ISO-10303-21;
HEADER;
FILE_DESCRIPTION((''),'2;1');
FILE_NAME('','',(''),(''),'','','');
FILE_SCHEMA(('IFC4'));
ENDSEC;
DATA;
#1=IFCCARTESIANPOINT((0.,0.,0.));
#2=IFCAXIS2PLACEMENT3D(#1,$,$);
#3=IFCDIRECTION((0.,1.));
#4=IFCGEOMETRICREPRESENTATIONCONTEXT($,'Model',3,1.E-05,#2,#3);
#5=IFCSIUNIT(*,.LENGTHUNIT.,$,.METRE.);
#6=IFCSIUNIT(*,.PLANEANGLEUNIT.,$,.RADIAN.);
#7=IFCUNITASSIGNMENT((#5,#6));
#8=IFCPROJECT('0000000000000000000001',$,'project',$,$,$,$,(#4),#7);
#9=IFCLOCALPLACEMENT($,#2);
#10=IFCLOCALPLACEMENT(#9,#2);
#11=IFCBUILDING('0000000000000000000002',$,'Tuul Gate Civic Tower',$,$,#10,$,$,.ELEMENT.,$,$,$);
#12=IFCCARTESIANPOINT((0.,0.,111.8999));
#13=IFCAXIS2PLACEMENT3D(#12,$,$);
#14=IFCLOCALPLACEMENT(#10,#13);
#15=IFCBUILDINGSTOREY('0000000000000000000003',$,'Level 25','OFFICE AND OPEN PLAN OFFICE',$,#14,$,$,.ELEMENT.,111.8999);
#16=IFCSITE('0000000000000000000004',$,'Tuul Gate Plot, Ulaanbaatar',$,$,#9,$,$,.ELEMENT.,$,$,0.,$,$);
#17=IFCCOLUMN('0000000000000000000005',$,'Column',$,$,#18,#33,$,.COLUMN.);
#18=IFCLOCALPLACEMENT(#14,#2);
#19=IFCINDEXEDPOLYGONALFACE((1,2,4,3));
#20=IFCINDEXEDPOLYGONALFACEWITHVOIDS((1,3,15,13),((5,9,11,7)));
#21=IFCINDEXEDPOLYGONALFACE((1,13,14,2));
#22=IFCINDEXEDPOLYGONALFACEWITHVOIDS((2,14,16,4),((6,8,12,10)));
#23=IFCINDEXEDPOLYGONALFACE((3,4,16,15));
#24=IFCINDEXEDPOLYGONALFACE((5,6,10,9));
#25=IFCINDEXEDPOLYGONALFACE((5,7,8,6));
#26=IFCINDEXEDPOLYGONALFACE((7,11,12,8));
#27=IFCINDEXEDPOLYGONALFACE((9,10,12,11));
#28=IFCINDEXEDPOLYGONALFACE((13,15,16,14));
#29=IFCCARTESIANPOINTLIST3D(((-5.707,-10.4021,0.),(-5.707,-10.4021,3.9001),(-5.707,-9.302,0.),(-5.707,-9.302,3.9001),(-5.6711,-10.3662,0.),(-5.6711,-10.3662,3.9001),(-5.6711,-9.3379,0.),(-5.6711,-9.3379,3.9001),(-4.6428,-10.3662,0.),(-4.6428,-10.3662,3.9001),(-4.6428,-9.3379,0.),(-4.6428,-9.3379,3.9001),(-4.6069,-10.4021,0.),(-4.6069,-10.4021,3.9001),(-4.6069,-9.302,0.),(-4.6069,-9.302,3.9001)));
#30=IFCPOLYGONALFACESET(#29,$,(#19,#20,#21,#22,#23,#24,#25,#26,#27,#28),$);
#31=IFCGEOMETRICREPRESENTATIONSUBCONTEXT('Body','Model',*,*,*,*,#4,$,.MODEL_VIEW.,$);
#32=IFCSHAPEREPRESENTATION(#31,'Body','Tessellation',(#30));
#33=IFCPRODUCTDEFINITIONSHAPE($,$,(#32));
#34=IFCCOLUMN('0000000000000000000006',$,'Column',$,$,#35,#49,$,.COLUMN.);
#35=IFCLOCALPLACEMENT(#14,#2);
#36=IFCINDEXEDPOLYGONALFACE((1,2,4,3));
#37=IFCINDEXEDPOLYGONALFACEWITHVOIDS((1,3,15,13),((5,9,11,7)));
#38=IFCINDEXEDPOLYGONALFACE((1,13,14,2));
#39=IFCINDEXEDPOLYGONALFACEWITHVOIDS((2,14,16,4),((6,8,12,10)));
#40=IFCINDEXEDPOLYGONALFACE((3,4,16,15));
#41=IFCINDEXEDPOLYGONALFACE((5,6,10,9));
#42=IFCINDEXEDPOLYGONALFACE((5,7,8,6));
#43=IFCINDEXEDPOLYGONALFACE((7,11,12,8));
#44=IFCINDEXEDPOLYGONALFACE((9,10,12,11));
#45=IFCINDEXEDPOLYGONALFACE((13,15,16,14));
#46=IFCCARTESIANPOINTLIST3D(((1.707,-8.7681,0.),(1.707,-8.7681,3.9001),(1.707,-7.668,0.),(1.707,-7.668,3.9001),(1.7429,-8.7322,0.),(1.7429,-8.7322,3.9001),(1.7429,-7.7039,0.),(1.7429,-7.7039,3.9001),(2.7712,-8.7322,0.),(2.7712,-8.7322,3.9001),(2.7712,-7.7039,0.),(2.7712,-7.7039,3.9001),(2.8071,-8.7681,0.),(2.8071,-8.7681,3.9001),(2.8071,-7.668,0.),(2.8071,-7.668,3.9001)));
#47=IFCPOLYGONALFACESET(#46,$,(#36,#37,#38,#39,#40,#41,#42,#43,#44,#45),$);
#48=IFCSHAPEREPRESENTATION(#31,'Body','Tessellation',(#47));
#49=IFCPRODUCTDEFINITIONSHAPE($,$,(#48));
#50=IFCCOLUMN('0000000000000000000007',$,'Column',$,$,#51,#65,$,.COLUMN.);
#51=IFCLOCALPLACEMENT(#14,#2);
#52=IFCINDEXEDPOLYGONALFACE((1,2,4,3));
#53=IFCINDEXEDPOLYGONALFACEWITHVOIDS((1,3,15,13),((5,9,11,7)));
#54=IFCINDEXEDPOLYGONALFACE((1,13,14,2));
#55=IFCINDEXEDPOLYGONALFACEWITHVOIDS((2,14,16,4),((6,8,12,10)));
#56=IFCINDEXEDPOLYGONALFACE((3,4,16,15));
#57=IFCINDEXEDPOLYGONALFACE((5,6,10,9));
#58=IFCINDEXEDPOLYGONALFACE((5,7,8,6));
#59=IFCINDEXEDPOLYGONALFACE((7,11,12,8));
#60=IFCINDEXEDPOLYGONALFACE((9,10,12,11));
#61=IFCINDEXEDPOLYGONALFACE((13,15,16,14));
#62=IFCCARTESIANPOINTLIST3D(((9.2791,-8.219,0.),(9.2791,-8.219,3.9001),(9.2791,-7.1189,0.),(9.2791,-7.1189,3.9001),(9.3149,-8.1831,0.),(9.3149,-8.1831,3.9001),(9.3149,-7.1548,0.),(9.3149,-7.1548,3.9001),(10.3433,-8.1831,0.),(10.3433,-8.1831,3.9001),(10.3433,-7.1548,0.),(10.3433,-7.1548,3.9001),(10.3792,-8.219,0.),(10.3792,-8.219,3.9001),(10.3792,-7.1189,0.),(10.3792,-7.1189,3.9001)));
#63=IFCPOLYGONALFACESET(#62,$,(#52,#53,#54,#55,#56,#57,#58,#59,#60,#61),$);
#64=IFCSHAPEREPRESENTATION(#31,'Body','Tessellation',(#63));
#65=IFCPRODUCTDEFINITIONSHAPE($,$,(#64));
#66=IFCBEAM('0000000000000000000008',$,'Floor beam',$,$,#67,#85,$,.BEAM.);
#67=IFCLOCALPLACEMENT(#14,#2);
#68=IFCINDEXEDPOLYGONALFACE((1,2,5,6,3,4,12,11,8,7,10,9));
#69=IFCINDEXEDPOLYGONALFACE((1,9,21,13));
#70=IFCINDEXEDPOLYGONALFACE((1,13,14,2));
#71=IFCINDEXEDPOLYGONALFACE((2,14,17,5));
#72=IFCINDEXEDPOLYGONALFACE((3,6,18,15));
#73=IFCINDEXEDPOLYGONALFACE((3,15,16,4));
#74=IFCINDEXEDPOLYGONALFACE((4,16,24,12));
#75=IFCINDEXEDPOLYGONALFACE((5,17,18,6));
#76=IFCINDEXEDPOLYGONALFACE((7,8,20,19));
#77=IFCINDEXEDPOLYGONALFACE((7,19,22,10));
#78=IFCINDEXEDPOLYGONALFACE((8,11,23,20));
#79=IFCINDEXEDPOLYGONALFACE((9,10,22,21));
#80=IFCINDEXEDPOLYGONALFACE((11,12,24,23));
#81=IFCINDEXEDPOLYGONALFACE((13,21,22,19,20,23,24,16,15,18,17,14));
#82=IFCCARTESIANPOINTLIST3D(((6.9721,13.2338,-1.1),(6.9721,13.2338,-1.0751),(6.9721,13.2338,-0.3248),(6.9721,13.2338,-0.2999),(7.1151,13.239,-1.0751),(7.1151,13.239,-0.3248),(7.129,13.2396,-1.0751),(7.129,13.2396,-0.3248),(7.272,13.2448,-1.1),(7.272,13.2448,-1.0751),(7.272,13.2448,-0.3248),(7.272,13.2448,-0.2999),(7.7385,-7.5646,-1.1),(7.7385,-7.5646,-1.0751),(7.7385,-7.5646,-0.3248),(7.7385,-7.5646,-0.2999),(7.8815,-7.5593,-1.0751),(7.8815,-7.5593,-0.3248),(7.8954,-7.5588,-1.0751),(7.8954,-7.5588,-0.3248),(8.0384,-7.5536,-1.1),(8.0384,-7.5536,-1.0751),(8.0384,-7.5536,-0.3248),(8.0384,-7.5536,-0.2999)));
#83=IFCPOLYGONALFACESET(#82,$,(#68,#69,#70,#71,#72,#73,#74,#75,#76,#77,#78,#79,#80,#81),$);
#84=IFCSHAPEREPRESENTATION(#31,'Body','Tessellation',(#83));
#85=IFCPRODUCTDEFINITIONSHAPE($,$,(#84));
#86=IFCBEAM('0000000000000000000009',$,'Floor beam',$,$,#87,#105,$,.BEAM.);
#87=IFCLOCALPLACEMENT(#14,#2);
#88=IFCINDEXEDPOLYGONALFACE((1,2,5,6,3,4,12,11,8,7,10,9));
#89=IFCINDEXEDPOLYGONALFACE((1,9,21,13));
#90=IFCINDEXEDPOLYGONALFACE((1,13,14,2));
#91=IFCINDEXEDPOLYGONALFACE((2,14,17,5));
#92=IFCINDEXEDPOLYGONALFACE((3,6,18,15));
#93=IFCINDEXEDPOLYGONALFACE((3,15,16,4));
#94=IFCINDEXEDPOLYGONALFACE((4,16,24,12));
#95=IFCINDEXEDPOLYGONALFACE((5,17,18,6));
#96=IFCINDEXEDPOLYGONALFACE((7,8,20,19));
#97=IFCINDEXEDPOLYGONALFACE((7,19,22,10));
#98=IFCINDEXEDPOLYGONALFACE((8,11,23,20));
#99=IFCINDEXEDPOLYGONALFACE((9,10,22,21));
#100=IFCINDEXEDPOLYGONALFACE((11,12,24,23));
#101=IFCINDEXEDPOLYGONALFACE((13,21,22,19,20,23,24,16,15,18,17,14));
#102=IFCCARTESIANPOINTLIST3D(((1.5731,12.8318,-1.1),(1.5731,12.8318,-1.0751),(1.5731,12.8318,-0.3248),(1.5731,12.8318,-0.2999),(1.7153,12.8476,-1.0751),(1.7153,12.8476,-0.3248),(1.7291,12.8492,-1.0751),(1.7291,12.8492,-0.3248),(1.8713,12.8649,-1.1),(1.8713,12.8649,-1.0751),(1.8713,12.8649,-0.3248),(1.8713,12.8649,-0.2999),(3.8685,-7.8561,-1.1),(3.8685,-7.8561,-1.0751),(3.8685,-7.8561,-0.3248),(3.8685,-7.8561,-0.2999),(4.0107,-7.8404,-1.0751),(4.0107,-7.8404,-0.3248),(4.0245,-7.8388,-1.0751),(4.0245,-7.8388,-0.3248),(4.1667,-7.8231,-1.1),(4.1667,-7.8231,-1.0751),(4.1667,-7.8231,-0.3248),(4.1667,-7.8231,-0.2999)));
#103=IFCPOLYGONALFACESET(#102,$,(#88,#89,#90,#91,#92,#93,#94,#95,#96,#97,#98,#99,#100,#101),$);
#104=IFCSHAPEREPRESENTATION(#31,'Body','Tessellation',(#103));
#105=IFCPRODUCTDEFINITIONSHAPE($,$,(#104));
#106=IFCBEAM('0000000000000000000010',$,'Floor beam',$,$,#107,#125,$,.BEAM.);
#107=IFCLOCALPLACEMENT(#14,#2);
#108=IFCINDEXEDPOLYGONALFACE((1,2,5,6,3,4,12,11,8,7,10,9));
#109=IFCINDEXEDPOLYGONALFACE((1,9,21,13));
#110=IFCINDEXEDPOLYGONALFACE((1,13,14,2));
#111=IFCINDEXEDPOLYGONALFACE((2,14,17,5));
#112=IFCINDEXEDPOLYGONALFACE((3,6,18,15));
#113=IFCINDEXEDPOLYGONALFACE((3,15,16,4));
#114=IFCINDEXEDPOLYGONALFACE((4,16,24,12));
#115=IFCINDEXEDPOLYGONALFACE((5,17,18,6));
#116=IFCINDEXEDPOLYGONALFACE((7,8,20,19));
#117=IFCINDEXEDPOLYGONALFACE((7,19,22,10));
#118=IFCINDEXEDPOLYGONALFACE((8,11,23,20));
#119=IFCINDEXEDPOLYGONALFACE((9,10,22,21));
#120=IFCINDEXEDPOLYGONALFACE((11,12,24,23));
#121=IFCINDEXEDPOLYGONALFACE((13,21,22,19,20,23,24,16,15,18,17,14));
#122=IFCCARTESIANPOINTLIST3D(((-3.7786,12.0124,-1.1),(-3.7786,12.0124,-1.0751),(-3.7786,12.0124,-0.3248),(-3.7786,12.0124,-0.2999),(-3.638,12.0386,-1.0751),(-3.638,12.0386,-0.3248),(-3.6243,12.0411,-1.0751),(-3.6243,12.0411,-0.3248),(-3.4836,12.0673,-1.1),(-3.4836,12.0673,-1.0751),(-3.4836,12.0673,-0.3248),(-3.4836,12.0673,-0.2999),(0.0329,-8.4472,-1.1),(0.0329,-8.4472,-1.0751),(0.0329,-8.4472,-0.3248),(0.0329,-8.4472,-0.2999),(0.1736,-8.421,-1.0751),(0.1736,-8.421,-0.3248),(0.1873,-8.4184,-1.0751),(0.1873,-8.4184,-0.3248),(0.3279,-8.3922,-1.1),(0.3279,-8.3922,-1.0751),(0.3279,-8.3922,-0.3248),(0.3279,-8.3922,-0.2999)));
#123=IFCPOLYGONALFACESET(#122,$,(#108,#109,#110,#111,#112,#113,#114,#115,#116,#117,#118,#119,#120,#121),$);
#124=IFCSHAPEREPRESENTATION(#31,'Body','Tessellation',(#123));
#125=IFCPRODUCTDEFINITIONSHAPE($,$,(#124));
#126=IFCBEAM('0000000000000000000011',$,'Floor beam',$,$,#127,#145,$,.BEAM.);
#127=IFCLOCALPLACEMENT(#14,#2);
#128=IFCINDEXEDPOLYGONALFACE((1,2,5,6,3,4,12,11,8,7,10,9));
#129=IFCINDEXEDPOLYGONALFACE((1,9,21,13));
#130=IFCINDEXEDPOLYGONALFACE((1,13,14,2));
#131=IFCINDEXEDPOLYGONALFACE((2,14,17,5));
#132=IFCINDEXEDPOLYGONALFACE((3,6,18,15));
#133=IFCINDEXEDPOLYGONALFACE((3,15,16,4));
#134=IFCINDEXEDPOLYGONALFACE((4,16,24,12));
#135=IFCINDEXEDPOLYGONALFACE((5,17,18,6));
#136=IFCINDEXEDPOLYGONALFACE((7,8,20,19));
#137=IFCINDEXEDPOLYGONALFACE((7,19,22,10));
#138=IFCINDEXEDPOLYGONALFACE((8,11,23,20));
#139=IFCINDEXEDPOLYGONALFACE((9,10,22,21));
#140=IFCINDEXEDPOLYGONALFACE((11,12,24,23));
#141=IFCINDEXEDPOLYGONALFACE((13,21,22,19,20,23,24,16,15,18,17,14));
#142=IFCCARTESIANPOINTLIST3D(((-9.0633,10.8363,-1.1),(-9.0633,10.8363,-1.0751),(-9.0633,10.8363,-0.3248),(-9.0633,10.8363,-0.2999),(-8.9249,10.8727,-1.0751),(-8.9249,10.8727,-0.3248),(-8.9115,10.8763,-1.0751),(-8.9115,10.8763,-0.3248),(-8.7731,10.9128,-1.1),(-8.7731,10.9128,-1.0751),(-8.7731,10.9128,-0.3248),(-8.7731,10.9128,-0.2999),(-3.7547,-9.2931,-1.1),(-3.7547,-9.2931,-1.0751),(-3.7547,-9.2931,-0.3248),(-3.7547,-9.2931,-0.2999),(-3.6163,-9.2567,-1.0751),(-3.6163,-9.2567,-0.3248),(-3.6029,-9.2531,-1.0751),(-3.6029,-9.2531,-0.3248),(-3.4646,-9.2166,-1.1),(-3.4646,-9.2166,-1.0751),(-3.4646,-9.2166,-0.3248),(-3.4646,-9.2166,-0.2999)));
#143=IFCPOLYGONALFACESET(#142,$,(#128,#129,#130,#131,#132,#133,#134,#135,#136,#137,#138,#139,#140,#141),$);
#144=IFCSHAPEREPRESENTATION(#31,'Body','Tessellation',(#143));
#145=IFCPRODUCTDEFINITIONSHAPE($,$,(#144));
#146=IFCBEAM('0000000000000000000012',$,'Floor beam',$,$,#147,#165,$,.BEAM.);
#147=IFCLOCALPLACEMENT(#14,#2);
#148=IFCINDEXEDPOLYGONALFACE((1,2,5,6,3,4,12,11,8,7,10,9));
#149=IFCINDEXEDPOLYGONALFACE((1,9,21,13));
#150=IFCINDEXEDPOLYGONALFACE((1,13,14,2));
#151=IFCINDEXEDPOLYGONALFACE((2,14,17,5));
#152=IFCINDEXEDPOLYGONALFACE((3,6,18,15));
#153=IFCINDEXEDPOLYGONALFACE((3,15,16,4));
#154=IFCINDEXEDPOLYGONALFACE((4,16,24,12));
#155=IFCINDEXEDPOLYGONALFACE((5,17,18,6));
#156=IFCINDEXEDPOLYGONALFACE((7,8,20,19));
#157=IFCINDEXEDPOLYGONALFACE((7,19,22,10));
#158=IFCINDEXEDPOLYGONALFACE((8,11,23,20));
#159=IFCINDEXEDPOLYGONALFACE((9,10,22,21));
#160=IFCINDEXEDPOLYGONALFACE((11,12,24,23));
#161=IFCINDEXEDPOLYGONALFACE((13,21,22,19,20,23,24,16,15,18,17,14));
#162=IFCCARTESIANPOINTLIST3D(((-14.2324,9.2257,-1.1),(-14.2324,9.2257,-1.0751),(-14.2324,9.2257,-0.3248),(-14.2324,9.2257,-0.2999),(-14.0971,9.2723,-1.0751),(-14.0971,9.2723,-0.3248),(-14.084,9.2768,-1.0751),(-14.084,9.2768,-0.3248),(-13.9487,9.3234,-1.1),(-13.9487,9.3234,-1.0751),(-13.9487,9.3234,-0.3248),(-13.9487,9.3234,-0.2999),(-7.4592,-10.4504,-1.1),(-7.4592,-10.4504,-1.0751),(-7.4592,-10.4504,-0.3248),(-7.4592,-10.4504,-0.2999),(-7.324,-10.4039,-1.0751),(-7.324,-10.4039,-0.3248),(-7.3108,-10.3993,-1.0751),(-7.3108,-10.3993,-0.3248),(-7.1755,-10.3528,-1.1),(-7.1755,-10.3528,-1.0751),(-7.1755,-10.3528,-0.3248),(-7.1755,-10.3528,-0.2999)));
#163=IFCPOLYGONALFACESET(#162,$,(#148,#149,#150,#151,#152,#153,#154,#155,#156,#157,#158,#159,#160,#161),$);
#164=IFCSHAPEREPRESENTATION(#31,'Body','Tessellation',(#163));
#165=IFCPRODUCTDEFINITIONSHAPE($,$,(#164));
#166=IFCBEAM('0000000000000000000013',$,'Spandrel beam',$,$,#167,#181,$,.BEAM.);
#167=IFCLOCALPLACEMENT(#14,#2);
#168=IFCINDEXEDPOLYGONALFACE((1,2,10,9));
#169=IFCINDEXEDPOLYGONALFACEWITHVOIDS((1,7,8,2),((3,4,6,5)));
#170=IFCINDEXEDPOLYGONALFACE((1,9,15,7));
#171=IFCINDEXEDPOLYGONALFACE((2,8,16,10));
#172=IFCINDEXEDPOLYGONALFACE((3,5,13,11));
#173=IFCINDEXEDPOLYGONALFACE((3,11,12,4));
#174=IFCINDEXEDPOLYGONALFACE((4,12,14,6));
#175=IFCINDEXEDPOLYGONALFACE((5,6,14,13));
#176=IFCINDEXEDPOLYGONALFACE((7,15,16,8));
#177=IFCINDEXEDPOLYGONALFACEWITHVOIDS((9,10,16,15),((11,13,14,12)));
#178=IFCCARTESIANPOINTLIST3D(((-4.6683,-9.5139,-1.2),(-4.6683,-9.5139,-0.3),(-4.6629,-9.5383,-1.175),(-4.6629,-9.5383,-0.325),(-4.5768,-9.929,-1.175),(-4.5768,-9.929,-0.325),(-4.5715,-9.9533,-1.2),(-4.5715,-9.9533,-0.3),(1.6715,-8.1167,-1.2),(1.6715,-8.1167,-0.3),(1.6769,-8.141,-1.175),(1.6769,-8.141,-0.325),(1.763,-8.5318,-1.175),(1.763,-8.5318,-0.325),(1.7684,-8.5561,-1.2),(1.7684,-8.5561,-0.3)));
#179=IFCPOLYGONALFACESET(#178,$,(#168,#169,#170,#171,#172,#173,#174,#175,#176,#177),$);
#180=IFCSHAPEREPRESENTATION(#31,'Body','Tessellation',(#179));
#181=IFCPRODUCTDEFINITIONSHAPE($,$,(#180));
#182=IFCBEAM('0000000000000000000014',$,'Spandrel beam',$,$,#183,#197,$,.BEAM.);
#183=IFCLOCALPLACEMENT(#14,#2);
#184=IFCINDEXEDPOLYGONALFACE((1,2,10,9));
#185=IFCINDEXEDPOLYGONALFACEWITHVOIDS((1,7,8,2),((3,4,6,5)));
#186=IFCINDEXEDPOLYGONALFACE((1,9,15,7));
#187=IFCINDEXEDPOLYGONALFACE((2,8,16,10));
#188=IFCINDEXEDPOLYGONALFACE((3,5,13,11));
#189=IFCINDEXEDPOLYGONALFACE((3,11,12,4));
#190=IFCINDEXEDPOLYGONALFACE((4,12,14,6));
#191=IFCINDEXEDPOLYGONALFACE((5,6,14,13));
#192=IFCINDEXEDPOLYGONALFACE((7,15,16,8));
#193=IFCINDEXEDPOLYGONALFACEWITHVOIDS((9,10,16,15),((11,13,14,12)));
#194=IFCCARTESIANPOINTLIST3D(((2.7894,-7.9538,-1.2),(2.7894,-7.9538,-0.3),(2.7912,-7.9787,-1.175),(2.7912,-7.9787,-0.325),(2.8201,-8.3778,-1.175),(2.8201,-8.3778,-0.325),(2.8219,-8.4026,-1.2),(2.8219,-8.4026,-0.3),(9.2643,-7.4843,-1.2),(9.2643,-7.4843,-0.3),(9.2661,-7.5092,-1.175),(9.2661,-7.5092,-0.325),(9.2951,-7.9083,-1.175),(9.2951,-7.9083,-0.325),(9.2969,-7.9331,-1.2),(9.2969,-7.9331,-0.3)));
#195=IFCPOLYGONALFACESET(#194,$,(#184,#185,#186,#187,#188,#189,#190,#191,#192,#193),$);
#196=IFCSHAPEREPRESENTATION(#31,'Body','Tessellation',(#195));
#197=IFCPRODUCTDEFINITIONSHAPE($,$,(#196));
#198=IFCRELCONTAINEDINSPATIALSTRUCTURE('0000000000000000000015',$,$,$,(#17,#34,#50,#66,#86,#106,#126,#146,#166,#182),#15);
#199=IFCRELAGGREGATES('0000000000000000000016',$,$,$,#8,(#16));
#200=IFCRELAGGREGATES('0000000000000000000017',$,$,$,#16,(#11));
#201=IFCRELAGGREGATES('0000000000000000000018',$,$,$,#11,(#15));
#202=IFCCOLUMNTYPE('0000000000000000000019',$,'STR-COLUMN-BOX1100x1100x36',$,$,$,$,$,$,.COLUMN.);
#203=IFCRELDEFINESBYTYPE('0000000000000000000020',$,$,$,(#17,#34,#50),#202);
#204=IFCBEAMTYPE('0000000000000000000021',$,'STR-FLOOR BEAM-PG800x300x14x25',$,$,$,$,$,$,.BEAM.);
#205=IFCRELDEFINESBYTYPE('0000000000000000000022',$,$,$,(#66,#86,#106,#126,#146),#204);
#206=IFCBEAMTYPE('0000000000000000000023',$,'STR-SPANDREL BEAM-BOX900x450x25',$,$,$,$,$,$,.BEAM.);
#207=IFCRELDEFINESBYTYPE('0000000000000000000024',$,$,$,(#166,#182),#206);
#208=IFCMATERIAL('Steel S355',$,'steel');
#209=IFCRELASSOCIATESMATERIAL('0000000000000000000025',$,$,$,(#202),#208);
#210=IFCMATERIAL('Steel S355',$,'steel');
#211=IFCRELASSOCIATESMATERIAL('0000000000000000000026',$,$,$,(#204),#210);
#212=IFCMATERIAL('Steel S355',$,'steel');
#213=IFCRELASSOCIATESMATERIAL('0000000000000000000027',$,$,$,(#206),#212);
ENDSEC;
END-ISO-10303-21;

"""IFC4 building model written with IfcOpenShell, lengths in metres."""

from ifc_helpers import new_model, si_unit, direction, frame, origin, origin_2d, place, context, subcontext, project, spatial, hollow_rectangle, i_section, extrude, material, material_profile, profile_set, type_object, element, save


model = new_model("IFC4")

# Units and contexts
model_context = context("Model", 3, precision=1e-05, world=origin(), true_north=direction((0.0, 1.0)))
body_context = subcontext(model_context, "Body", "Model", "MODEL_VIEW")
ifc_project = project(units=[si_unit("LENGTHUNIT", "METRE"), si_unit("PLANEANGLEUNIT", "RADIAN")], contexts=[model_context])

# Site, building, storey
site_placement = place(None, origin())
site = spatial("IfcSite", under=ifc_project, at=site_placement, Name="Tuul Gate Plot, Ulaanbaatar", CompositionType="ELEMENT", RefElevation=0.0)
building_placement = place(site_placement, origin())
building = spatial("IfcBuilding", under=site, at=building_placement, Name="Tuul Gate Civic Tower", CompositionType="ELEMENT")
storey_placement = place(building_placement, frame((0.0, 0.0, 111.8999)))
storey = spatial("IfcBuildingStorey", under=building, at=storey_placement, Name="Level 25", Description="OFFICE AND OPEN PLAN OFFICE", CompositionType="ELEMENT", Elevation=111.8999)

# Columns
ifc_material_1 = material(Name="Steel S355", Category="steel")
ifc_material_profile_1 = material_profile(ifc_material_1, hollow_rectangle(XDim=1.1001, YDim=1.1001, WallThickness=0.0359, at=origin_2d()), Name="BOX1100x1100x36")
ifc_profile_set_1 = profile_set([ifc_material_profile_1], Name="Steel S355")
column_type = type_object("IfcColumnType", Name="STR-COLUMN-BOX1100x1100x36", PredefinedType="COLUMN", material=ifc_profile_set_1)
for number, where, z_axis, x_axis, name in (
    (1, (-5.157, -9.8521, 0.0), (0.0, 0.0, 1.0), (1.0, 0.0, 0.0), "Column"),
    (2, (2.2571, -8.218, 0.0), (0.0, 0.0, 1.0), (1.0, 0.0, 0.0), "Column"),
    (3, (9.8291, -7.6689, 0.0), (0.0, 0.0, 1.0), (1.0, 0.0, 0.0), "Column"),
):
    element("IfcColumn", number, at=place(storey_placement, frame(where, z_axis=z_axis, x_axis=x_axis)), inside=storey, type_object=column_type, Name=name, PredefinedType="COLUMN", context=body_context, shape_type="SweptSolid", body=[
        extrude(hollow_rectangle(XDim=1.1001, YDim=1.1001, WallThickness=0.0359, at=origin_2d()), origin(), (0.0, 0.0, 1.0), 3.9001),
    ])

# Beams
ifc_material_2 = material(Name="Steel S355", Category="steel")
ifc_material_profile_2 = material_profile(ifc_material_2, i_section(OverallWidth=0.3, OverallDepth=0.8, WebThickness=0.0139, FlangeThickness=0.0249, at=origin_2d()), Name="PG800x300x14x25")
ifc_profile_set_2 = profile_set([ifc_material_profile_2], Name="Steel S355")
beam_type_1 = type_object("IfcBeamType", Name="STR-FLOOR BEAM-PG800x300x14x25", PredefinedType="BEAM", material=ifc_profile_set_2)
beam_1_placement = place(storey_placement, frame((7.8884, -7.5591, -0.7), z_axis=(-0.036822, 0.999322, 0.0), x_axis=(-0.999322, -0.036822, 0.0)))
element("IfcBeam", 4, at=beam_1_placement, inside=storey, type_object=beam_type_1, Name="Floor beam", PredefinedType="BEAM", context=body_context, shape_type="SweptSolid", body=[
    extrude(i_section(OverallWidth=0.3, OverallDepth=0.8, WebThickness=0.0139, FlangeThickness=0.0249, at=origin_2d()), origin(), (0.0, 0.0, 1.0), 20.8125),
])
beam_2_placement = place(storey_placement, frame((4.0176, -7.8396, -0.7), z_axis=(-0.110277, 0.993901, 0.0), x_axis=(-0.993901, -0.110277, 0.0)))
element("IfcBeam", 5, at=beam_2_placement, inside=storey, type_object=beam_type_1, Name="Floor beam", PredefinedType="BEAM", context=body_context, shape_type="SweptSolid", body=[
    extrude(i_section(OverallWidth=0.3, OverallDepth=0.8, WebThickness=0.0139, FlangeThickness=0.0249, at=origin_2d()), origin(), (0.0, 0.0, 1.0), 20.8149),
])
beam_3_placement = place(storey_placement, frame((0.1804, -8.4197, -0.7), z_axis=(-0.183145, 0.983086, 0.0), x_axis=(-0.983086, -0.183145, 0.0)))
element("IfcBeam", 6, at=beam_3_placement, inside=storey, type_object=beam_type_1, Name="Floor beam", PredefinedType="BEAM", context=body_context, shape_type="SweptSolid", body=[
    extrude(i_section(OverallWidth=0.3, OverallDepth=0.8, WebThickness=0.0139, FlangeThickness=0.0249, at=origin_2d()), origin(), (0.0, 0.0, 1.0), 20.8115),
])
beam_4_placement = place(storey_placement, frame((-3.6096, -9.2549, -0.7), z_axis=(-0.255005, 0.96694, 0.0), x_axis=(-0.96694, -0.255005, 0.0)))
element("IfcBeam", 7, at=beam_4_placement, inside=storey, type_object=beam_type_1, Name="Floor beam", PredefinedType="BEAM", context=body_context, shape_type="SweptSolid", body=[
    extrude(i_section(OverallWidth=0.3, OverallDepth=0.8, WebThickness=0.0139, FlangeThickness=0.0249, at=origin_2d()), origin(), (0.0, 0.0, 1.0), 20.8176),
])
beam_5_placement = place(storey_placement, frame((-7.3174, -10.4016, -0.7), z_axis=(-0.325487, 0.945547, 0.0), x_axis=(-0.945547, -0.325487, 0.0)))
element("IfcBeam", 8, at=beam_5_placement, inside=storey, type_object=beam_type_1, Name="Floor beam", PredefinedType="BEAM", context=body_context, shape_type="SweptSolid", body=[
    extrude(i_section(OverallWidth=0.3, OverallDepth=0.8, WebThickness=0.0139, FlangeThickness=0.0249, at=origin_2d()), origin(), (0.0, 0.0, 1.0), 20.8093),
])
ifc_material_3 = material(Name="Steel S355", Category="steel")
ifc_material_profile_3 = material_profile(ifc_material_3, hollow_rectangle(XDim=0.45, YDim=0.8999, WallThickness=0.0249, at=origin_2d()), Name="BOX900x450x25")
ifc_profile_set_3 = profile_set([ifc_material_profile_3], Name="Steel S355")
beam_type_2 = type_object("IfcBeamType", Name="STR-SPANDREL BEAM-BOX900x450x25", PredefinedType="BEAM", material=ifc_profile_set_3)
for number, where, z_axis, x_axis, name in (
    (9, (-4.6199, -9.7336, -0.75), (0.976565, 0.215222, 0.0), (-0.215222, 0.976565, 0.0), "Spandrel beam"),
    (10, (2.8057, -8.1782, -0.75), (0.997382, 0.072319, 0.0), (-0.072319, 0.997382, 0.0), "Spandrel beam"),
):
    element("IfcBeam", number, at=place(storey_placement, frame(where, z_axis=z_axis, x_axis=x_axis)), inside=storey, type_object=beam_type_2, Name=name, PredefinedType="BEAM", context=body_context, shape_type="SweptSolid", body=[
        extrude(hollow_rectangle(XDim=0.45, YDim=0.8999, WallThickness=0.0249, at=origin_2d()), origin(), (0.0, 0.0, 1.0), 6.4919),
    ])

save(model, "model.ifc")
